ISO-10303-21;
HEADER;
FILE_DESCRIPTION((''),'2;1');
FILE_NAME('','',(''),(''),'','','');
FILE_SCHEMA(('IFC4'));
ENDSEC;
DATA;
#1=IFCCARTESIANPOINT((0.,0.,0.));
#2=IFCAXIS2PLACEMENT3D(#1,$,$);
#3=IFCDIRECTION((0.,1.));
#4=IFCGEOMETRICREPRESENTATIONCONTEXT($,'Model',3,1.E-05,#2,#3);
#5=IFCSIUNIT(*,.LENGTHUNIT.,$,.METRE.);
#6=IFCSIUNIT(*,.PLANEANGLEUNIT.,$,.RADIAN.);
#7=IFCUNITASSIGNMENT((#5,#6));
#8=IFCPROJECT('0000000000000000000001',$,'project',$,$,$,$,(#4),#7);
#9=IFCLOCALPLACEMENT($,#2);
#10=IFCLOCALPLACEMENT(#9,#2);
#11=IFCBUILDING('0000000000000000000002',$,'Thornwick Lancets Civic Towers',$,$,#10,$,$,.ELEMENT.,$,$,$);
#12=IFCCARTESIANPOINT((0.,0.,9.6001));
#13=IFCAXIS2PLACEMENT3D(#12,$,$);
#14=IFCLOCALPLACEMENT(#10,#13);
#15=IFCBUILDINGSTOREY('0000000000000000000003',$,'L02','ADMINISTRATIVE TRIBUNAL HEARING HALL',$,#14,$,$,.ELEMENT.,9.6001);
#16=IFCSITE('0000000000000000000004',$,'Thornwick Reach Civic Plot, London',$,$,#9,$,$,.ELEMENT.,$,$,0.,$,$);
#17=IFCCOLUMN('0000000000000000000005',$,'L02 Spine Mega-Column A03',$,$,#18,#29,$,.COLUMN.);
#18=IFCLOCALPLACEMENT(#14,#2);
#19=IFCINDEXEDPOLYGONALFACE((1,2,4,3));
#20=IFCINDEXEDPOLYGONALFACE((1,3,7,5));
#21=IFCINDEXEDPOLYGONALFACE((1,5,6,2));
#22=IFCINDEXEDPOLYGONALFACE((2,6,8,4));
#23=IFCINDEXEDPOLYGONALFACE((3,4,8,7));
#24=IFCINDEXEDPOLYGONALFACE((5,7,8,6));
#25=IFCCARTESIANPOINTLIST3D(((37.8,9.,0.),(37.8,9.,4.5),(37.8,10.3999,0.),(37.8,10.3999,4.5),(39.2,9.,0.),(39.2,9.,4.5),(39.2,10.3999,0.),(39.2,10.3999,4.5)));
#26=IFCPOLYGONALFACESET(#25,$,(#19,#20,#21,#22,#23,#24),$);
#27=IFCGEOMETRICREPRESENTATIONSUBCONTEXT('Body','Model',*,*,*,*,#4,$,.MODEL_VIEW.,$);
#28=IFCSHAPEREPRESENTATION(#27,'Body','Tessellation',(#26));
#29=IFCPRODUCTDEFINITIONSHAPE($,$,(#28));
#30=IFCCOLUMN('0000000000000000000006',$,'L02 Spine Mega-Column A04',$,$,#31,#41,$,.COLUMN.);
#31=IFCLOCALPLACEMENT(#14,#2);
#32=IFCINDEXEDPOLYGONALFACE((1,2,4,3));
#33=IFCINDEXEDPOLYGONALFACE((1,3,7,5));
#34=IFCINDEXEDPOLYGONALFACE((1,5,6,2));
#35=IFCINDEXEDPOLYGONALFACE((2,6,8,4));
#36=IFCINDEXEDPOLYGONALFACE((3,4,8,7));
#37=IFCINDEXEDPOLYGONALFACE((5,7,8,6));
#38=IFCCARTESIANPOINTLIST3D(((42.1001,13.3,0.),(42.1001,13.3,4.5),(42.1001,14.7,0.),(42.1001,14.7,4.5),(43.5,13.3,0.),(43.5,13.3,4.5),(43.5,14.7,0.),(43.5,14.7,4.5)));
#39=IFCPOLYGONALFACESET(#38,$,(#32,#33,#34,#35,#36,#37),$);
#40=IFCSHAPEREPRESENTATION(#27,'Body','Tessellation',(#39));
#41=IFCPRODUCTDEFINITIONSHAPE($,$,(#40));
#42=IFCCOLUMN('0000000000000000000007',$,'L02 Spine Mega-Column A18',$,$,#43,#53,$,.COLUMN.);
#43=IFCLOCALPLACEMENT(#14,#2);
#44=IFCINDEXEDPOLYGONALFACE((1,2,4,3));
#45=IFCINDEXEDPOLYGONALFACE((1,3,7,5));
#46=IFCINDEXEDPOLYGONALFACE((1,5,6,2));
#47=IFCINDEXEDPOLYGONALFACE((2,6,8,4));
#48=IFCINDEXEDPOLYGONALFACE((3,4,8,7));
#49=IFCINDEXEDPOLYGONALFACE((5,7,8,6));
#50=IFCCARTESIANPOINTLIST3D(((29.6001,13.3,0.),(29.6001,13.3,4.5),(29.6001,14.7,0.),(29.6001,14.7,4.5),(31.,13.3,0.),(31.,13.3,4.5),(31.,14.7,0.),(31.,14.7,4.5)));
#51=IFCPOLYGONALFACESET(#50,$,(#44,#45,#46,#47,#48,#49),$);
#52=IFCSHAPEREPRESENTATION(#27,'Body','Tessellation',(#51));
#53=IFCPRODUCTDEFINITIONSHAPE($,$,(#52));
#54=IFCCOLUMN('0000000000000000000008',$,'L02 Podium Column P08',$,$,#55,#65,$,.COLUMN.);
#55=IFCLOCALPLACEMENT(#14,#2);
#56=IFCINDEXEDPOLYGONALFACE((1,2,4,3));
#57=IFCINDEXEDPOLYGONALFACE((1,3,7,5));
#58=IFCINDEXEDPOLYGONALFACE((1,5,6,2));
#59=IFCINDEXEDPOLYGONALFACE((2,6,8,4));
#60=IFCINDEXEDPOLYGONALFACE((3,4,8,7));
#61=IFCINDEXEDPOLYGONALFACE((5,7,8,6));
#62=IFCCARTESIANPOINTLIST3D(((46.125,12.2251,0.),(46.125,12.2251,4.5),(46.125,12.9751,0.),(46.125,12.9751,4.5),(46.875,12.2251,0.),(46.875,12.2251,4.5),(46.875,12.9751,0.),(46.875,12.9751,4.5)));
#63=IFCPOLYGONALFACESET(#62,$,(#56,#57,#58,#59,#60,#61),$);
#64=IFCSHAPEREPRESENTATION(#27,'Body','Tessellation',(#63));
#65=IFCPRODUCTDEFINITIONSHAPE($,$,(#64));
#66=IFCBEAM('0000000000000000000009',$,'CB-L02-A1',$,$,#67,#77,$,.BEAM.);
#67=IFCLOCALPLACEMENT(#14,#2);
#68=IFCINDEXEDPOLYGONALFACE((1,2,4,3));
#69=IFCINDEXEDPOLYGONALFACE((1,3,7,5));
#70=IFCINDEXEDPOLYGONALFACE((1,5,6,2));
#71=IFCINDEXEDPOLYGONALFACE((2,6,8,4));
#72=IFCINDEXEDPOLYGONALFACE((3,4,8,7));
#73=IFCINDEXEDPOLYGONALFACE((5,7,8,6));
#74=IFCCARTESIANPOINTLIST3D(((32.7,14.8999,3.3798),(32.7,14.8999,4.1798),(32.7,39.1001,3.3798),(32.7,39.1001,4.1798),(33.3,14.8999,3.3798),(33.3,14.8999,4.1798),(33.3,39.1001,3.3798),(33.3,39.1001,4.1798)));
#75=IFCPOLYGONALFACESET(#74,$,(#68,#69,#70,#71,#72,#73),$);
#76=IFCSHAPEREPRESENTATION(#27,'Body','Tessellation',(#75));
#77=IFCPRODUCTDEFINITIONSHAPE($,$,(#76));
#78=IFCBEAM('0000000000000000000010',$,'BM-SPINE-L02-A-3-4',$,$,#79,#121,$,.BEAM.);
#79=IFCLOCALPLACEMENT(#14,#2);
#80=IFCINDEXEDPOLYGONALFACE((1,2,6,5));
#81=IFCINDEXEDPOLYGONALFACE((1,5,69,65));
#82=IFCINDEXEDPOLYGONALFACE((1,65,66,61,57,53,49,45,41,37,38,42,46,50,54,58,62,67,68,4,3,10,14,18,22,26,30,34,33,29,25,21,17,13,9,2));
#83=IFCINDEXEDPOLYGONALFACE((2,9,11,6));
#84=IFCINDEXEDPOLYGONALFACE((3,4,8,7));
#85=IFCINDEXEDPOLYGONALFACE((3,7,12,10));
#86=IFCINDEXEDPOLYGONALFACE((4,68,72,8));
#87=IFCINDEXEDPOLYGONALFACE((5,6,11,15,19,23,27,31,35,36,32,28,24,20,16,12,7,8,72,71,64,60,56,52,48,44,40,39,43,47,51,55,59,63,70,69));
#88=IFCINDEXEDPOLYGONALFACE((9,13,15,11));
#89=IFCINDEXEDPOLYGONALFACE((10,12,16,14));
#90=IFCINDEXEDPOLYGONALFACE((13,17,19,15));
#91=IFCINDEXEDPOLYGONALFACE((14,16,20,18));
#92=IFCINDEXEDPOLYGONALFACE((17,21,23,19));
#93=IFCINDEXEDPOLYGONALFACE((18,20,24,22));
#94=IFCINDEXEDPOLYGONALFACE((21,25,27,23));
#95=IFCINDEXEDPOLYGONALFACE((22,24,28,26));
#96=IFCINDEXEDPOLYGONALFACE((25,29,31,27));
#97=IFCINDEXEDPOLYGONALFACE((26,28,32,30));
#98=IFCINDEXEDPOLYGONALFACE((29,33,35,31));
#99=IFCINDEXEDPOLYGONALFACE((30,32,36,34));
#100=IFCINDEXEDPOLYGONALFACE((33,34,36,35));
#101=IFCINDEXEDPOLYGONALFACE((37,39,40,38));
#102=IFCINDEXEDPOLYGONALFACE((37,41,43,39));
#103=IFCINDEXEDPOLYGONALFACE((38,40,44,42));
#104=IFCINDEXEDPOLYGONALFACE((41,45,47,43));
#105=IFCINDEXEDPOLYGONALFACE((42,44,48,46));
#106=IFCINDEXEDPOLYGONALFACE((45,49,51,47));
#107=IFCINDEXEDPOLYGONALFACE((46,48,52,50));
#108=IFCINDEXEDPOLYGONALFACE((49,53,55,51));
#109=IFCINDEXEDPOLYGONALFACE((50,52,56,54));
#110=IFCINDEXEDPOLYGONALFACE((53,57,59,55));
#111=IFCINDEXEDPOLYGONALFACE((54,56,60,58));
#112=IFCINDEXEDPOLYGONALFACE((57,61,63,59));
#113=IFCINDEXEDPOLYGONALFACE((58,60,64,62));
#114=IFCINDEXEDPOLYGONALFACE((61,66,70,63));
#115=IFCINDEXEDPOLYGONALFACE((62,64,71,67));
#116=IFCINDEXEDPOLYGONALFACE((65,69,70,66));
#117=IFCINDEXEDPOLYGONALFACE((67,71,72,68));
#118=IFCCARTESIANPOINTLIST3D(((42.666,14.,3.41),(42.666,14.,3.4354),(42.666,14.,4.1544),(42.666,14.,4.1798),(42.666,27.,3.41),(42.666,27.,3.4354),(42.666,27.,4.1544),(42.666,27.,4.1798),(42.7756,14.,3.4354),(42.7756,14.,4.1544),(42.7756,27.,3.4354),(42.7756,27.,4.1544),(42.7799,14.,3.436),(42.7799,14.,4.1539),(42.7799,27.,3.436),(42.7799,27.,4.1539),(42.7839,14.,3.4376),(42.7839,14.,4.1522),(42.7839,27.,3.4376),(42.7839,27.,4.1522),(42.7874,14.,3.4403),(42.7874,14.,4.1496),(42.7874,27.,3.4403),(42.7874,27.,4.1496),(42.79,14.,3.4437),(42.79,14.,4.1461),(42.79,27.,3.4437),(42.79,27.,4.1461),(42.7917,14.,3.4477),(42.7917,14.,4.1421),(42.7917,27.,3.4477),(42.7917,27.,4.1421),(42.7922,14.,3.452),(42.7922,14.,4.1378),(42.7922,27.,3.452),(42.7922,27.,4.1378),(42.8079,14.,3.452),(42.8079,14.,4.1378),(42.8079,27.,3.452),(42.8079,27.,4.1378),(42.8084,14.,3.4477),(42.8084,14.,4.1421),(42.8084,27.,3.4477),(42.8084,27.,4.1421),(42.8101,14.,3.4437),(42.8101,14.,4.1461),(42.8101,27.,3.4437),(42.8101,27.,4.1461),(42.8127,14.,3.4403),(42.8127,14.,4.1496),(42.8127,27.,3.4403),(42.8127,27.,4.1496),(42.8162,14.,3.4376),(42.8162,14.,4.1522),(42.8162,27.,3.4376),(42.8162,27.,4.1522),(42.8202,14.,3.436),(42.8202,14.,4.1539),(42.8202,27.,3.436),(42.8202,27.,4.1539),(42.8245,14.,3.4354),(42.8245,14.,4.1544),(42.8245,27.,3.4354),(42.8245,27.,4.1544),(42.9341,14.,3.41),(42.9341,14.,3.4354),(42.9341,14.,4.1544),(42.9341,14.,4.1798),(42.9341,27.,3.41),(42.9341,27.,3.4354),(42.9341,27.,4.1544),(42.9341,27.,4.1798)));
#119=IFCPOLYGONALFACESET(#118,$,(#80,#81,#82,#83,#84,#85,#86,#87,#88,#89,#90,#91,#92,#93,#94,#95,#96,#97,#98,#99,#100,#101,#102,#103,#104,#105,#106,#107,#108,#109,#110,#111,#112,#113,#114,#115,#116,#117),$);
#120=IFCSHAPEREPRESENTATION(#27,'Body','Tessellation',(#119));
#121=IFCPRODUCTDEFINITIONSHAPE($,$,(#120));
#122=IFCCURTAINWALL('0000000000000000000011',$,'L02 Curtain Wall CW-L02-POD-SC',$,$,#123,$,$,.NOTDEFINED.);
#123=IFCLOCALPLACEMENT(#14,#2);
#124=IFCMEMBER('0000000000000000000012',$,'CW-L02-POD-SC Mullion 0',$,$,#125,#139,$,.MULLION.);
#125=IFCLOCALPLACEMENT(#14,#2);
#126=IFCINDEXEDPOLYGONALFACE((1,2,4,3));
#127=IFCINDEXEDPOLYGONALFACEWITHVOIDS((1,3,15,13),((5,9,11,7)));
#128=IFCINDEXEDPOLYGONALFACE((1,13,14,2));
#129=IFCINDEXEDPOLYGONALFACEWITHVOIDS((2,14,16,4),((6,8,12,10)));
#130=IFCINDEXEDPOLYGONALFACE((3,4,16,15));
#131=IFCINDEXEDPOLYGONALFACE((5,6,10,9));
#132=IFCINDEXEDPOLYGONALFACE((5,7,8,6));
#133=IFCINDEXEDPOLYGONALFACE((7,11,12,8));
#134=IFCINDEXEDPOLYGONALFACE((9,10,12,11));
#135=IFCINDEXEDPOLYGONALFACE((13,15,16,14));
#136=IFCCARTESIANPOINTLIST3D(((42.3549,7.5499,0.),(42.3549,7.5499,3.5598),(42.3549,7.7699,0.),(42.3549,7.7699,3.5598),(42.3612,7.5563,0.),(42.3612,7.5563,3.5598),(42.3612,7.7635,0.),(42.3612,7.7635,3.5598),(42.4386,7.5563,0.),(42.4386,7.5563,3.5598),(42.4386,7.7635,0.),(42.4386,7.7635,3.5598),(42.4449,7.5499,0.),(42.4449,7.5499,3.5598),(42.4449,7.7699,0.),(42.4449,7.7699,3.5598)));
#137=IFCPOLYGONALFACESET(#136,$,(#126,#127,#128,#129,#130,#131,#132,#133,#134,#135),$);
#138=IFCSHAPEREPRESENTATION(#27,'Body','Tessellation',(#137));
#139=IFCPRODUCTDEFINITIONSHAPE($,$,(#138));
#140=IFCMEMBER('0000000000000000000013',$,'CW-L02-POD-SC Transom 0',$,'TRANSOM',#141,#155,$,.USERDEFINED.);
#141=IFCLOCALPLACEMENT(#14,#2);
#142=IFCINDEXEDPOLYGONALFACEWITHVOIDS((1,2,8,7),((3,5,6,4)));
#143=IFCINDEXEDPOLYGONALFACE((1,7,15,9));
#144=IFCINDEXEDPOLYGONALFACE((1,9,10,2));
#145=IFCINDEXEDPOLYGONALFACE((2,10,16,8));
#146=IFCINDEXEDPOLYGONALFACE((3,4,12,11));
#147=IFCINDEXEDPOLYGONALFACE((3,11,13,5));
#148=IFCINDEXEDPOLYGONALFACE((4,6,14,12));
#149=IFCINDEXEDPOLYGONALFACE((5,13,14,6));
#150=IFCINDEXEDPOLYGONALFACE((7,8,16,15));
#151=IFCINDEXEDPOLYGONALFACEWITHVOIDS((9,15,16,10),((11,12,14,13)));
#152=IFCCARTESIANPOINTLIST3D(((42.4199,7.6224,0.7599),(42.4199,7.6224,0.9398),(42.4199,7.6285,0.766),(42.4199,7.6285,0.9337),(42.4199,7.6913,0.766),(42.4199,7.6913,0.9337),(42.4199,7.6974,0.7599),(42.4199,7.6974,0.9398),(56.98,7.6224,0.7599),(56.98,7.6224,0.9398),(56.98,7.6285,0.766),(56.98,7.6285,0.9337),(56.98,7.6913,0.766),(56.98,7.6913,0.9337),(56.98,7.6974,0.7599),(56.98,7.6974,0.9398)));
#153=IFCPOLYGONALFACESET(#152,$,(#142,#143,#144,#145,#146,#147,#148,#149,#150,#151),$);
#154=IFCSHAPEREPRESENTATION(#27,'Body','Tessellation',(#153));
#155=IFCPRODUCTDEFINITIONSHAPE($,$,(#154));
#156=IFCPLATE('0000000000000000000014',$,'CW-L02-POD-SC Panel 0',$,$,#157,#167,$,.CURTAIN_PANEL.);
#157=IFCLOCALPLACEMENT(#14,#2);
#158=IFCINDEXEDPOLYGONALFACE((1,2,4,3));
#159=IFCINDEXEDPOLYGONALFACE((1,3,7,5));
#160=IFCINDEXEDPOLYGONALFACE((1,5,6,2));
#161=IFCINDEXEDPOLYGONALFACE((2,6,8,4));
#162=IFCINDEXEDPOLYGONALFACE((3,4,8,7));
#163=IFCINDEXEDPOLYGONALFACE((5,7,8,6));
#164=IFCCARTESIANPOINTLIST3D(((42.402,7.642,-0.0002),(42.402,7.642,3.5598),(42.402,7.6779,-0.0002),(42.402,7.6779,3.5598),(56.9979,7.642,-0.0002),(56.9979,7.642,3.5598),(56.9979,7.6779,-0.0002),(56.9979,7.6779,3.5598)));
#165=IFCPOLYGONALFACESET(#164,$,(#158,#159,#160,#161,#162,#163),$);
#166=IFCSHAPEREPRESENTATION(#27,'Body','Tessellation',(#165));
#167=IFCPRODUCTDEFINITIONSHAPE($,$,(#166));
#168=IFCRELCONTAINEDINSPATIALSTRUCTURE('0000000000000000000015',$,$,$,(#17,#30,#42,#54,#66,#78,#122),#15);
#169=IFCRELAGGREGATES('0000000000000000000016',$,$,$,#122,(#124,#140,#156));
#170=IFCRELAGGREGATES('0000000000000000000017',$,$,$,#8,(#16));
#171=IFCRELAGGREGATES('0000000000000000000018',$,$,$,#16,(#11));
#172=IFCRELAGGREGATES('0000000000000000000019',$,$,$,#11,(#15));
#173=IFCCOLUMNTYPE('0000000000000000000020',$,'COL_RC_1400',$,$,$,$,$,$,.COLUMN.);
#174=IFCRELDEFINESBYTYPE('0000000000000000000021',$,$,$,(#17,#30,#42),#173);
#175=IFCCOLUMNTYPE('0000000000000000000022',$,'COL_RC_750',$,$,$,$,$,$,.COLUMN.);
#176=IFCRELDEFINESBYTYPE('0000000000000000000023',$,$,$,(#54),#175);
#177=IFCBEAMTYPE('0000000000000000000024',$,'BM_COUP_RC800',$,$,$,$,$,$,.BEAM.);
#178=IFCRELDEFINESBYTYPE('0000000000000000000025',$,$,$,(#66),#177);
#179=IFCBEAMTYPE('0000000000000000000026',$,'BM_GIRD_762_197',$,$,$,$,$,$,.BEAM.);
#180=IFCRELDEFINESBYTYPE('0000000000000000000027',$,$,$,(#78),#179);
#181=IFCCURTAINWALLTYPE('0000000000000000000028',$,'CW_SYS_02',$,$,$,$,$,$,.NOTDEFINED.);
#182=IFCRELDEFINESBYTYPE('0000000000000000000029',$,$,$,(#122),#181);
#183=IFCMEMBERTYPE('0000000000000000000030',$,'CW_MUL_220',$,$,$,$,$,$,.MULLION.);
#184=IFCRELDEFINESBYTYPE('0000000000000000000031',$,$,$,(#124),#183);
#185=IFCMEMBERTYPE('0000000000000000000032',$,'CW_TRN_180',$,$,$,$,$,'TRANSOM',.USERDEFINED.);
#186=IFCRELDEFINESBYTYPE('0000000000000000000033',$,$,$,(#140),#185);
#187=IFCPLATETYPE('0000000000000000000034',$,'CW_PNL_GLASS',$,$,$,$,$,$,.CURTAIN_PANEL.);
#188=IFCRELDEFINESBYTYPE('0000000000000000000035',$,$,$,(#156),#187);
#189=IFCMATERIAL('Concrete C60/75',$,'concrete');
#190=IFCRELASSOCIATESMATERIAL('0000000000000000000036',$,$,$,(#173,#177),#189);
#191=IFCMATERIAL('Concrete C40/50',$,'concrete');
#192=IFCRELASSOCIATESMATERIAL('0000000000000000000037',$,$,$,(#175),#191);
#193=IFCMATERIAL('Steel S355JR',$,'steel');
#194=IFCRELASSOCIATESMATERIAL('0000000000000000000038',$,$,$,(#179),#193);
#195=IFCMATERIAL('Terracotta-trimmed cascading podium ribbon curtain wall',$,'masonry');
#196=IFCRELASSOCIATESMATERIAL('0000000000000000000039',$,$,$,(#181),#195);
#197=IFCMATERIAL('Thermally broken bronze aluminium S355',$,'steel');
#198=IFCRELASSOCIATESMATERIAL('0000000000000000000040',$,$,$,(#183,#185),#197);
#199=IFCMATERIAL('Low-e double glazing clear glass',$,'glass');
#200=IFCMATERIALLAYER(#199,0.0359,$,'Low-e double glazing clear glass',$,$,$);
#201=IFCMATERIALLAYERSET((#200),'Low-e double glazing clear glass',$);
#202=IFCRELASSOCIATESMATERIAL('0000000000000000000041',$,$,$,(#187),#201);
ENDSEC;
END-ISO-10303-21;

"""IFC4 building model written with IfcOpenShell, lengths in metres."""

from ifc_helpers import new_model, si_unit, direction, frame, origin, origin_2d, place, context, subcontext, project, spatial, rectangle, hollow_rectangle, i_section, extrude, material, layer, layer_set, material_profile, profile_set, type_object, element, aggregate, save


model = new_model("IFC4")

# Units and contexts
model_context = context("Model", 3, precision=1e-05, world=origin(), true_north=direction((0.0, 1.0)))
body_context = subcontext(model_context, "Body", "Model", "MODEL_VIEW")
ifc_project = project(units=[si_unit("LENGTHUNIT", "METRE"), si_unit("PLANEANGLEUNIT", "RADIAN")], contexts=[model_context])

# Site, building, storey
site_placement = place(None, origin())
site = spatial("IfcSite", under=ifc_project, at=site_placement, Name="Thornwick Reach Civic Plot, London", CompositionType="ELEMENT", RefElevation=0.0)
building_placement = place(site_placement, origin())
building = spatial("IfcBuilding", under=site, at=building_placement, Name="Thornwick Lancets Civic Towers", CompositionType="ELEMENT")
storey_placement = place(building_placement, frame((0.0, 0.0, 9.6001)))
storey = spatial("IfcBuildingStorey", under=building, at=storey_placement, Name="L02", Description="ADMINISTRATIVE TRIBUNAL HEARING HALL", CompositionType="ELEMENT", Elevation=9.6001)

# Columns
ifc_material_1 = material(Name="Concrete C60/75", Category="concrete")
ifc_material_profile_1 = material_profile(ifc_material_1, rectangle(XDim=1.3999, YDim=1.3999, at=origin_2d()), Name="RC 1400x1400")
ifc_profile_set_1 = profile_set([ifc_material_profile_1], Name="Concrete C60/75")
column_type_1 = type_object("IfcColumnType", Name="COL_RC_1400", PredefinedType="COLUMN", material=ifc_profile_set_1)
for number, where, z_axis, x_axis, name in (
    (1, (38.5, 9.7, 0.0), (0.0, 0.0, 1.0), (1.0, 0.0, 0.0), "L02 Spine Mega-Column A03"),
    (2, (42.8, 14.0, 0.0), (0.0, 0.0, 1.0), (1.0, 0.0, 0.0), "L02 Spine Mega-Column A04"),
    (3, (30.3, 14.0, 0.0), (0.0, 0.0, 1.0), (1.0, 0.0, 0.0), "L02 Spine Mega-Column A18"),
):
    element("IfcColumn", number, at=place(storey_placement, frame(where, z_axis=z_axis, x_axis=x_axis)), inside=storey, type_object=column_type_1, Name=name, PredefinedType="COLUMN", context=body_context, shape_type="SweptSolid", body=[
        extrude(rectangle(XDim=1.3999, YDim=1.3999, at=origin_2d()), origin(), (0.0, 0.0, 1.0), 4.5),
    ])
ifc_material_2 = material(Name="Concrete C40/50", Category="concrete")
ifc_material_profile_2 = material_profile(ifc_material_2, rectangle(XDim=0.75, YDim=0.75, at=origin_2d()), Name="RC 750x750")
ifc_profile_set_2 = profile_set([ifc_material_profile_2], Name="Concrete C40/50")
column_type_2 = type_object("IfcColumnType", Name="COL_RC_750", PredefinedType="COLUMN", material=ifc_profile_set_2)
column_placement = place(storey_placement, frame((46.5, 12.6001, 0.0), z_axis=(0.0, 0.0, 1.0), x_axis=(1.0, 0.0, 0.0)))
element("IfcColumn", 4, at=column_placement, inside=storey, type_object=column_type_2, Name="L02 Podium Column P08", PredefinedType="COLUMN", context=body_context, shape_type="SweptSolid", body=[
    extrude(rectangle(XDim=0.75, YDim=0.75, at=origin_2d()), origin(), (0.0, 0.0, 1.0), 4.5),
])

# Beams
ifc_material_profile_3 = material_profile(ifc_material_1, rectangle(XDim=0.6001, YDim=0.8, at=origin_2d()), Name="RC 600x800")
ifc_profile_set_3 = profile_set([ifc_material_profile_3], Name="Concrete C60/75")
beam_type_1 = type_object("IfcBeamType", Name="BM_COUP_RC800", PredefinedType="BEAM", material=ifc_profile_set_3)
beam_1_placement = place(storey_placement, frame((33.0, 14.8999, 3.7798), z_axis=(0.0, 1.0, 0.0), x_axis=(-1.0, 0.0, 0.0)))
element("IfcBeam", 5, at=beam_1_placement, inside=storey, type_object=beam_type_1, Name="CB-L02-A1", PredefinedType="BEAM", context=body_context, shape_type="SweptSolid", body=[
    extrude(rectangle(XDim=0.6001, YDim=0.8, at=origin_2d()), origin(), (0.0, 0.0, 1.0), 24.2002),
])
ifc_material_3 = material(Name="Steel S355JR", Category="steel")
ifc_material_profile_4 = material_profile(ifc_material_3, i_section(OverallWidth=0.2681, OverallDepth=0.7698, WebThickness=0.0156, FlangeThickness=0.0254, FilletRadius=0.0166, at=origin_2d()), Name="UKB 762x267x197")
ifc_profile_set_4 = profile_set([ifc_material_profile_4], Name="Steel S355JR")
beam_type_2 = type_object("IfcBeamType", Name="BM_GIRD_762_197", PredefinedType="BEAM", material=ifc_profile_set_4)
beam_2_placement = place(storey_placement, frame((42.8, 14.0, 3.7949), z_axis=(0.0, 1.0, 0.0), x_axis=(-1.0, 0.0, 0.0)))
element("IfcBeam", 6, at=beam_2_placement, inside=storey, type_object=beam_type_2, Name="BM-SPINE-L02-A-3-4", PredefinedType="BEAM", context=body_context, shape_type="SweptSolid", body=[
    extrude(i_section(OverallWidth=0.2681, OverallDepth=0.7698, WebThickness=0.0156, FlangeThickness=0.0254, FilletRadius=0.0166, at=origin_2d()), origin(), (0.0, 0.0, 1.0), 13.0),
])

# Curtain wall, members, plate
ifc_material_4 = material(Name="Terracotta-trimmed cascading podium ribbon curtain wall", Category="masonry")
curtain_wall_type = type_object("IfcCurtainWallType", Name="CW_SYS_02", PredefinedType="NOTDEFINED", material=ifc_material_4)
curtain_wall_placement = place(storey_placement, origin())
curtain_wall = element("IfcCurtainWall", 7, at=curtain_wall_placement, inside=storey, type_object=curtain_wall_type, Name="L02 Curtain Wall CW-L02-POD-SC", PredefinedType="NOTDEFINED")
ifc_material_5 = material(Name="Thermally broken bronze aluminium S355", Category="steel")
ifc_material_profile_5 = material_profile(ifc_material_5, hollow_rectangle(XDim=0.0901, YDim=0.22, WallThickness=0.0063, at=origin_2d()), Name="RHS 220x90x6.3")
ifc_profile_set_5 = profile_set([ifc_material_profile_5], Name="Thermally broken bronze aluminium S355")
member_type_1 = type_object("IfcMemberType", Name="CW_MUL_220", PredefinedType="MULLION", material=ifc_profile_set_5)
member_1_placement = place(storey_placement, frame((42.3999, 7.6599, 0.0), z_axis=(0.0, 0.0, 1.0), x_axis=(1.0, 0.0, 0.0)))
member_1 = element("IfcMember", 8, at=member_1_placement, type_object=member_type_1, Name="CW-L02-POD-SC Mullion 0", PredefinedType="MULLION", context=body_context, shape_type="SweptSolid", body=[
    extrude(hollow_rectangle(XDim=0.0901, YDim=0.22, WallThickness=0.0063, at=origin_2d()), origin(), (0.0, 0.0, 1.0), 3.5598),
])
ifc_material_profile_6 = material_profile(ifc_material_5, hollow_rectangle(XDim=0.075, YDim=0.1799, WallThickness=0.0061, at=origin_2d()), Name="RHS 180x75x6")
ifc_profile_set_6 = profile_set([ifc_material_profile_6], Name="Thermally broken bronze aluminium S355")
member_type_2 = type_object("IfcMemberType", Name="CW_TRN_180", ElementType="TRANSOM", PredefinedType="USERDEFINED", material=ifc_profile_set_6)
member_2_placement = place(storey_placement, frame((42.4199, 7.6599, 0.8499), z_axis=(1.0, 0.0, 0.0), x_axis=(0.0, 1.0, 0.0)))
member_2 = element("IfcMember", 9, at=member_2_placement, type_object=member_type_2, Name="CW-L02-POD-SC Transom 0", ObjectType="TRANSOM", PredefinedType="USERDEFINED", context=body_context, shape_type="SweptSolid", body=[
    extrude(hollow_rectangle(XDim=0.075, YDim=0.1799, WallThickness=0.0061, at=origin_2d()), origin(), (0.0, 0.0, 1.0), 14.5601),
])
ifc_material_6 = material(Name="Low-e double glazing clear glass", Category="glass")
ifc_layer_1 = layer(ifc_material_6, 0.0359, Name="Low-e double glazing clear glass")
ifc_layer_set_1 = layer_set([ifc_layer_1], Name="Low-e double glazing clear glass")
plate_type = type_object("IfcPlateType", Name="CW_PNL_GLASS", PredefinedType="CURTAIN_PANEL", material=ifc_layer_set_1)
plate_placement = place(storey_placement, frame((49.7, 7.6599, -0.0002), z_axis=(0.0, 0.0, 1.0), x_axis=(1.0, 0.0, 0.0)))
plate = element("IfcPlate", 10, at=plate_placement, type_object=plate_type, Name="CW-L02-POD-SC Panel 0", PredefinedType="CURTAIN_PANEL", context=body_context, shape_type="SweptSolid", body=[
    extrude(rectangle(XDim=14.5959, YDim=0.0359, at=origin_2d()), origin(), (0.0, 0.0, 1.0), 3.5601),
])
aggregate(curtain_wall, [member_1, member_2, plate])

save(model, "model.ifc")
